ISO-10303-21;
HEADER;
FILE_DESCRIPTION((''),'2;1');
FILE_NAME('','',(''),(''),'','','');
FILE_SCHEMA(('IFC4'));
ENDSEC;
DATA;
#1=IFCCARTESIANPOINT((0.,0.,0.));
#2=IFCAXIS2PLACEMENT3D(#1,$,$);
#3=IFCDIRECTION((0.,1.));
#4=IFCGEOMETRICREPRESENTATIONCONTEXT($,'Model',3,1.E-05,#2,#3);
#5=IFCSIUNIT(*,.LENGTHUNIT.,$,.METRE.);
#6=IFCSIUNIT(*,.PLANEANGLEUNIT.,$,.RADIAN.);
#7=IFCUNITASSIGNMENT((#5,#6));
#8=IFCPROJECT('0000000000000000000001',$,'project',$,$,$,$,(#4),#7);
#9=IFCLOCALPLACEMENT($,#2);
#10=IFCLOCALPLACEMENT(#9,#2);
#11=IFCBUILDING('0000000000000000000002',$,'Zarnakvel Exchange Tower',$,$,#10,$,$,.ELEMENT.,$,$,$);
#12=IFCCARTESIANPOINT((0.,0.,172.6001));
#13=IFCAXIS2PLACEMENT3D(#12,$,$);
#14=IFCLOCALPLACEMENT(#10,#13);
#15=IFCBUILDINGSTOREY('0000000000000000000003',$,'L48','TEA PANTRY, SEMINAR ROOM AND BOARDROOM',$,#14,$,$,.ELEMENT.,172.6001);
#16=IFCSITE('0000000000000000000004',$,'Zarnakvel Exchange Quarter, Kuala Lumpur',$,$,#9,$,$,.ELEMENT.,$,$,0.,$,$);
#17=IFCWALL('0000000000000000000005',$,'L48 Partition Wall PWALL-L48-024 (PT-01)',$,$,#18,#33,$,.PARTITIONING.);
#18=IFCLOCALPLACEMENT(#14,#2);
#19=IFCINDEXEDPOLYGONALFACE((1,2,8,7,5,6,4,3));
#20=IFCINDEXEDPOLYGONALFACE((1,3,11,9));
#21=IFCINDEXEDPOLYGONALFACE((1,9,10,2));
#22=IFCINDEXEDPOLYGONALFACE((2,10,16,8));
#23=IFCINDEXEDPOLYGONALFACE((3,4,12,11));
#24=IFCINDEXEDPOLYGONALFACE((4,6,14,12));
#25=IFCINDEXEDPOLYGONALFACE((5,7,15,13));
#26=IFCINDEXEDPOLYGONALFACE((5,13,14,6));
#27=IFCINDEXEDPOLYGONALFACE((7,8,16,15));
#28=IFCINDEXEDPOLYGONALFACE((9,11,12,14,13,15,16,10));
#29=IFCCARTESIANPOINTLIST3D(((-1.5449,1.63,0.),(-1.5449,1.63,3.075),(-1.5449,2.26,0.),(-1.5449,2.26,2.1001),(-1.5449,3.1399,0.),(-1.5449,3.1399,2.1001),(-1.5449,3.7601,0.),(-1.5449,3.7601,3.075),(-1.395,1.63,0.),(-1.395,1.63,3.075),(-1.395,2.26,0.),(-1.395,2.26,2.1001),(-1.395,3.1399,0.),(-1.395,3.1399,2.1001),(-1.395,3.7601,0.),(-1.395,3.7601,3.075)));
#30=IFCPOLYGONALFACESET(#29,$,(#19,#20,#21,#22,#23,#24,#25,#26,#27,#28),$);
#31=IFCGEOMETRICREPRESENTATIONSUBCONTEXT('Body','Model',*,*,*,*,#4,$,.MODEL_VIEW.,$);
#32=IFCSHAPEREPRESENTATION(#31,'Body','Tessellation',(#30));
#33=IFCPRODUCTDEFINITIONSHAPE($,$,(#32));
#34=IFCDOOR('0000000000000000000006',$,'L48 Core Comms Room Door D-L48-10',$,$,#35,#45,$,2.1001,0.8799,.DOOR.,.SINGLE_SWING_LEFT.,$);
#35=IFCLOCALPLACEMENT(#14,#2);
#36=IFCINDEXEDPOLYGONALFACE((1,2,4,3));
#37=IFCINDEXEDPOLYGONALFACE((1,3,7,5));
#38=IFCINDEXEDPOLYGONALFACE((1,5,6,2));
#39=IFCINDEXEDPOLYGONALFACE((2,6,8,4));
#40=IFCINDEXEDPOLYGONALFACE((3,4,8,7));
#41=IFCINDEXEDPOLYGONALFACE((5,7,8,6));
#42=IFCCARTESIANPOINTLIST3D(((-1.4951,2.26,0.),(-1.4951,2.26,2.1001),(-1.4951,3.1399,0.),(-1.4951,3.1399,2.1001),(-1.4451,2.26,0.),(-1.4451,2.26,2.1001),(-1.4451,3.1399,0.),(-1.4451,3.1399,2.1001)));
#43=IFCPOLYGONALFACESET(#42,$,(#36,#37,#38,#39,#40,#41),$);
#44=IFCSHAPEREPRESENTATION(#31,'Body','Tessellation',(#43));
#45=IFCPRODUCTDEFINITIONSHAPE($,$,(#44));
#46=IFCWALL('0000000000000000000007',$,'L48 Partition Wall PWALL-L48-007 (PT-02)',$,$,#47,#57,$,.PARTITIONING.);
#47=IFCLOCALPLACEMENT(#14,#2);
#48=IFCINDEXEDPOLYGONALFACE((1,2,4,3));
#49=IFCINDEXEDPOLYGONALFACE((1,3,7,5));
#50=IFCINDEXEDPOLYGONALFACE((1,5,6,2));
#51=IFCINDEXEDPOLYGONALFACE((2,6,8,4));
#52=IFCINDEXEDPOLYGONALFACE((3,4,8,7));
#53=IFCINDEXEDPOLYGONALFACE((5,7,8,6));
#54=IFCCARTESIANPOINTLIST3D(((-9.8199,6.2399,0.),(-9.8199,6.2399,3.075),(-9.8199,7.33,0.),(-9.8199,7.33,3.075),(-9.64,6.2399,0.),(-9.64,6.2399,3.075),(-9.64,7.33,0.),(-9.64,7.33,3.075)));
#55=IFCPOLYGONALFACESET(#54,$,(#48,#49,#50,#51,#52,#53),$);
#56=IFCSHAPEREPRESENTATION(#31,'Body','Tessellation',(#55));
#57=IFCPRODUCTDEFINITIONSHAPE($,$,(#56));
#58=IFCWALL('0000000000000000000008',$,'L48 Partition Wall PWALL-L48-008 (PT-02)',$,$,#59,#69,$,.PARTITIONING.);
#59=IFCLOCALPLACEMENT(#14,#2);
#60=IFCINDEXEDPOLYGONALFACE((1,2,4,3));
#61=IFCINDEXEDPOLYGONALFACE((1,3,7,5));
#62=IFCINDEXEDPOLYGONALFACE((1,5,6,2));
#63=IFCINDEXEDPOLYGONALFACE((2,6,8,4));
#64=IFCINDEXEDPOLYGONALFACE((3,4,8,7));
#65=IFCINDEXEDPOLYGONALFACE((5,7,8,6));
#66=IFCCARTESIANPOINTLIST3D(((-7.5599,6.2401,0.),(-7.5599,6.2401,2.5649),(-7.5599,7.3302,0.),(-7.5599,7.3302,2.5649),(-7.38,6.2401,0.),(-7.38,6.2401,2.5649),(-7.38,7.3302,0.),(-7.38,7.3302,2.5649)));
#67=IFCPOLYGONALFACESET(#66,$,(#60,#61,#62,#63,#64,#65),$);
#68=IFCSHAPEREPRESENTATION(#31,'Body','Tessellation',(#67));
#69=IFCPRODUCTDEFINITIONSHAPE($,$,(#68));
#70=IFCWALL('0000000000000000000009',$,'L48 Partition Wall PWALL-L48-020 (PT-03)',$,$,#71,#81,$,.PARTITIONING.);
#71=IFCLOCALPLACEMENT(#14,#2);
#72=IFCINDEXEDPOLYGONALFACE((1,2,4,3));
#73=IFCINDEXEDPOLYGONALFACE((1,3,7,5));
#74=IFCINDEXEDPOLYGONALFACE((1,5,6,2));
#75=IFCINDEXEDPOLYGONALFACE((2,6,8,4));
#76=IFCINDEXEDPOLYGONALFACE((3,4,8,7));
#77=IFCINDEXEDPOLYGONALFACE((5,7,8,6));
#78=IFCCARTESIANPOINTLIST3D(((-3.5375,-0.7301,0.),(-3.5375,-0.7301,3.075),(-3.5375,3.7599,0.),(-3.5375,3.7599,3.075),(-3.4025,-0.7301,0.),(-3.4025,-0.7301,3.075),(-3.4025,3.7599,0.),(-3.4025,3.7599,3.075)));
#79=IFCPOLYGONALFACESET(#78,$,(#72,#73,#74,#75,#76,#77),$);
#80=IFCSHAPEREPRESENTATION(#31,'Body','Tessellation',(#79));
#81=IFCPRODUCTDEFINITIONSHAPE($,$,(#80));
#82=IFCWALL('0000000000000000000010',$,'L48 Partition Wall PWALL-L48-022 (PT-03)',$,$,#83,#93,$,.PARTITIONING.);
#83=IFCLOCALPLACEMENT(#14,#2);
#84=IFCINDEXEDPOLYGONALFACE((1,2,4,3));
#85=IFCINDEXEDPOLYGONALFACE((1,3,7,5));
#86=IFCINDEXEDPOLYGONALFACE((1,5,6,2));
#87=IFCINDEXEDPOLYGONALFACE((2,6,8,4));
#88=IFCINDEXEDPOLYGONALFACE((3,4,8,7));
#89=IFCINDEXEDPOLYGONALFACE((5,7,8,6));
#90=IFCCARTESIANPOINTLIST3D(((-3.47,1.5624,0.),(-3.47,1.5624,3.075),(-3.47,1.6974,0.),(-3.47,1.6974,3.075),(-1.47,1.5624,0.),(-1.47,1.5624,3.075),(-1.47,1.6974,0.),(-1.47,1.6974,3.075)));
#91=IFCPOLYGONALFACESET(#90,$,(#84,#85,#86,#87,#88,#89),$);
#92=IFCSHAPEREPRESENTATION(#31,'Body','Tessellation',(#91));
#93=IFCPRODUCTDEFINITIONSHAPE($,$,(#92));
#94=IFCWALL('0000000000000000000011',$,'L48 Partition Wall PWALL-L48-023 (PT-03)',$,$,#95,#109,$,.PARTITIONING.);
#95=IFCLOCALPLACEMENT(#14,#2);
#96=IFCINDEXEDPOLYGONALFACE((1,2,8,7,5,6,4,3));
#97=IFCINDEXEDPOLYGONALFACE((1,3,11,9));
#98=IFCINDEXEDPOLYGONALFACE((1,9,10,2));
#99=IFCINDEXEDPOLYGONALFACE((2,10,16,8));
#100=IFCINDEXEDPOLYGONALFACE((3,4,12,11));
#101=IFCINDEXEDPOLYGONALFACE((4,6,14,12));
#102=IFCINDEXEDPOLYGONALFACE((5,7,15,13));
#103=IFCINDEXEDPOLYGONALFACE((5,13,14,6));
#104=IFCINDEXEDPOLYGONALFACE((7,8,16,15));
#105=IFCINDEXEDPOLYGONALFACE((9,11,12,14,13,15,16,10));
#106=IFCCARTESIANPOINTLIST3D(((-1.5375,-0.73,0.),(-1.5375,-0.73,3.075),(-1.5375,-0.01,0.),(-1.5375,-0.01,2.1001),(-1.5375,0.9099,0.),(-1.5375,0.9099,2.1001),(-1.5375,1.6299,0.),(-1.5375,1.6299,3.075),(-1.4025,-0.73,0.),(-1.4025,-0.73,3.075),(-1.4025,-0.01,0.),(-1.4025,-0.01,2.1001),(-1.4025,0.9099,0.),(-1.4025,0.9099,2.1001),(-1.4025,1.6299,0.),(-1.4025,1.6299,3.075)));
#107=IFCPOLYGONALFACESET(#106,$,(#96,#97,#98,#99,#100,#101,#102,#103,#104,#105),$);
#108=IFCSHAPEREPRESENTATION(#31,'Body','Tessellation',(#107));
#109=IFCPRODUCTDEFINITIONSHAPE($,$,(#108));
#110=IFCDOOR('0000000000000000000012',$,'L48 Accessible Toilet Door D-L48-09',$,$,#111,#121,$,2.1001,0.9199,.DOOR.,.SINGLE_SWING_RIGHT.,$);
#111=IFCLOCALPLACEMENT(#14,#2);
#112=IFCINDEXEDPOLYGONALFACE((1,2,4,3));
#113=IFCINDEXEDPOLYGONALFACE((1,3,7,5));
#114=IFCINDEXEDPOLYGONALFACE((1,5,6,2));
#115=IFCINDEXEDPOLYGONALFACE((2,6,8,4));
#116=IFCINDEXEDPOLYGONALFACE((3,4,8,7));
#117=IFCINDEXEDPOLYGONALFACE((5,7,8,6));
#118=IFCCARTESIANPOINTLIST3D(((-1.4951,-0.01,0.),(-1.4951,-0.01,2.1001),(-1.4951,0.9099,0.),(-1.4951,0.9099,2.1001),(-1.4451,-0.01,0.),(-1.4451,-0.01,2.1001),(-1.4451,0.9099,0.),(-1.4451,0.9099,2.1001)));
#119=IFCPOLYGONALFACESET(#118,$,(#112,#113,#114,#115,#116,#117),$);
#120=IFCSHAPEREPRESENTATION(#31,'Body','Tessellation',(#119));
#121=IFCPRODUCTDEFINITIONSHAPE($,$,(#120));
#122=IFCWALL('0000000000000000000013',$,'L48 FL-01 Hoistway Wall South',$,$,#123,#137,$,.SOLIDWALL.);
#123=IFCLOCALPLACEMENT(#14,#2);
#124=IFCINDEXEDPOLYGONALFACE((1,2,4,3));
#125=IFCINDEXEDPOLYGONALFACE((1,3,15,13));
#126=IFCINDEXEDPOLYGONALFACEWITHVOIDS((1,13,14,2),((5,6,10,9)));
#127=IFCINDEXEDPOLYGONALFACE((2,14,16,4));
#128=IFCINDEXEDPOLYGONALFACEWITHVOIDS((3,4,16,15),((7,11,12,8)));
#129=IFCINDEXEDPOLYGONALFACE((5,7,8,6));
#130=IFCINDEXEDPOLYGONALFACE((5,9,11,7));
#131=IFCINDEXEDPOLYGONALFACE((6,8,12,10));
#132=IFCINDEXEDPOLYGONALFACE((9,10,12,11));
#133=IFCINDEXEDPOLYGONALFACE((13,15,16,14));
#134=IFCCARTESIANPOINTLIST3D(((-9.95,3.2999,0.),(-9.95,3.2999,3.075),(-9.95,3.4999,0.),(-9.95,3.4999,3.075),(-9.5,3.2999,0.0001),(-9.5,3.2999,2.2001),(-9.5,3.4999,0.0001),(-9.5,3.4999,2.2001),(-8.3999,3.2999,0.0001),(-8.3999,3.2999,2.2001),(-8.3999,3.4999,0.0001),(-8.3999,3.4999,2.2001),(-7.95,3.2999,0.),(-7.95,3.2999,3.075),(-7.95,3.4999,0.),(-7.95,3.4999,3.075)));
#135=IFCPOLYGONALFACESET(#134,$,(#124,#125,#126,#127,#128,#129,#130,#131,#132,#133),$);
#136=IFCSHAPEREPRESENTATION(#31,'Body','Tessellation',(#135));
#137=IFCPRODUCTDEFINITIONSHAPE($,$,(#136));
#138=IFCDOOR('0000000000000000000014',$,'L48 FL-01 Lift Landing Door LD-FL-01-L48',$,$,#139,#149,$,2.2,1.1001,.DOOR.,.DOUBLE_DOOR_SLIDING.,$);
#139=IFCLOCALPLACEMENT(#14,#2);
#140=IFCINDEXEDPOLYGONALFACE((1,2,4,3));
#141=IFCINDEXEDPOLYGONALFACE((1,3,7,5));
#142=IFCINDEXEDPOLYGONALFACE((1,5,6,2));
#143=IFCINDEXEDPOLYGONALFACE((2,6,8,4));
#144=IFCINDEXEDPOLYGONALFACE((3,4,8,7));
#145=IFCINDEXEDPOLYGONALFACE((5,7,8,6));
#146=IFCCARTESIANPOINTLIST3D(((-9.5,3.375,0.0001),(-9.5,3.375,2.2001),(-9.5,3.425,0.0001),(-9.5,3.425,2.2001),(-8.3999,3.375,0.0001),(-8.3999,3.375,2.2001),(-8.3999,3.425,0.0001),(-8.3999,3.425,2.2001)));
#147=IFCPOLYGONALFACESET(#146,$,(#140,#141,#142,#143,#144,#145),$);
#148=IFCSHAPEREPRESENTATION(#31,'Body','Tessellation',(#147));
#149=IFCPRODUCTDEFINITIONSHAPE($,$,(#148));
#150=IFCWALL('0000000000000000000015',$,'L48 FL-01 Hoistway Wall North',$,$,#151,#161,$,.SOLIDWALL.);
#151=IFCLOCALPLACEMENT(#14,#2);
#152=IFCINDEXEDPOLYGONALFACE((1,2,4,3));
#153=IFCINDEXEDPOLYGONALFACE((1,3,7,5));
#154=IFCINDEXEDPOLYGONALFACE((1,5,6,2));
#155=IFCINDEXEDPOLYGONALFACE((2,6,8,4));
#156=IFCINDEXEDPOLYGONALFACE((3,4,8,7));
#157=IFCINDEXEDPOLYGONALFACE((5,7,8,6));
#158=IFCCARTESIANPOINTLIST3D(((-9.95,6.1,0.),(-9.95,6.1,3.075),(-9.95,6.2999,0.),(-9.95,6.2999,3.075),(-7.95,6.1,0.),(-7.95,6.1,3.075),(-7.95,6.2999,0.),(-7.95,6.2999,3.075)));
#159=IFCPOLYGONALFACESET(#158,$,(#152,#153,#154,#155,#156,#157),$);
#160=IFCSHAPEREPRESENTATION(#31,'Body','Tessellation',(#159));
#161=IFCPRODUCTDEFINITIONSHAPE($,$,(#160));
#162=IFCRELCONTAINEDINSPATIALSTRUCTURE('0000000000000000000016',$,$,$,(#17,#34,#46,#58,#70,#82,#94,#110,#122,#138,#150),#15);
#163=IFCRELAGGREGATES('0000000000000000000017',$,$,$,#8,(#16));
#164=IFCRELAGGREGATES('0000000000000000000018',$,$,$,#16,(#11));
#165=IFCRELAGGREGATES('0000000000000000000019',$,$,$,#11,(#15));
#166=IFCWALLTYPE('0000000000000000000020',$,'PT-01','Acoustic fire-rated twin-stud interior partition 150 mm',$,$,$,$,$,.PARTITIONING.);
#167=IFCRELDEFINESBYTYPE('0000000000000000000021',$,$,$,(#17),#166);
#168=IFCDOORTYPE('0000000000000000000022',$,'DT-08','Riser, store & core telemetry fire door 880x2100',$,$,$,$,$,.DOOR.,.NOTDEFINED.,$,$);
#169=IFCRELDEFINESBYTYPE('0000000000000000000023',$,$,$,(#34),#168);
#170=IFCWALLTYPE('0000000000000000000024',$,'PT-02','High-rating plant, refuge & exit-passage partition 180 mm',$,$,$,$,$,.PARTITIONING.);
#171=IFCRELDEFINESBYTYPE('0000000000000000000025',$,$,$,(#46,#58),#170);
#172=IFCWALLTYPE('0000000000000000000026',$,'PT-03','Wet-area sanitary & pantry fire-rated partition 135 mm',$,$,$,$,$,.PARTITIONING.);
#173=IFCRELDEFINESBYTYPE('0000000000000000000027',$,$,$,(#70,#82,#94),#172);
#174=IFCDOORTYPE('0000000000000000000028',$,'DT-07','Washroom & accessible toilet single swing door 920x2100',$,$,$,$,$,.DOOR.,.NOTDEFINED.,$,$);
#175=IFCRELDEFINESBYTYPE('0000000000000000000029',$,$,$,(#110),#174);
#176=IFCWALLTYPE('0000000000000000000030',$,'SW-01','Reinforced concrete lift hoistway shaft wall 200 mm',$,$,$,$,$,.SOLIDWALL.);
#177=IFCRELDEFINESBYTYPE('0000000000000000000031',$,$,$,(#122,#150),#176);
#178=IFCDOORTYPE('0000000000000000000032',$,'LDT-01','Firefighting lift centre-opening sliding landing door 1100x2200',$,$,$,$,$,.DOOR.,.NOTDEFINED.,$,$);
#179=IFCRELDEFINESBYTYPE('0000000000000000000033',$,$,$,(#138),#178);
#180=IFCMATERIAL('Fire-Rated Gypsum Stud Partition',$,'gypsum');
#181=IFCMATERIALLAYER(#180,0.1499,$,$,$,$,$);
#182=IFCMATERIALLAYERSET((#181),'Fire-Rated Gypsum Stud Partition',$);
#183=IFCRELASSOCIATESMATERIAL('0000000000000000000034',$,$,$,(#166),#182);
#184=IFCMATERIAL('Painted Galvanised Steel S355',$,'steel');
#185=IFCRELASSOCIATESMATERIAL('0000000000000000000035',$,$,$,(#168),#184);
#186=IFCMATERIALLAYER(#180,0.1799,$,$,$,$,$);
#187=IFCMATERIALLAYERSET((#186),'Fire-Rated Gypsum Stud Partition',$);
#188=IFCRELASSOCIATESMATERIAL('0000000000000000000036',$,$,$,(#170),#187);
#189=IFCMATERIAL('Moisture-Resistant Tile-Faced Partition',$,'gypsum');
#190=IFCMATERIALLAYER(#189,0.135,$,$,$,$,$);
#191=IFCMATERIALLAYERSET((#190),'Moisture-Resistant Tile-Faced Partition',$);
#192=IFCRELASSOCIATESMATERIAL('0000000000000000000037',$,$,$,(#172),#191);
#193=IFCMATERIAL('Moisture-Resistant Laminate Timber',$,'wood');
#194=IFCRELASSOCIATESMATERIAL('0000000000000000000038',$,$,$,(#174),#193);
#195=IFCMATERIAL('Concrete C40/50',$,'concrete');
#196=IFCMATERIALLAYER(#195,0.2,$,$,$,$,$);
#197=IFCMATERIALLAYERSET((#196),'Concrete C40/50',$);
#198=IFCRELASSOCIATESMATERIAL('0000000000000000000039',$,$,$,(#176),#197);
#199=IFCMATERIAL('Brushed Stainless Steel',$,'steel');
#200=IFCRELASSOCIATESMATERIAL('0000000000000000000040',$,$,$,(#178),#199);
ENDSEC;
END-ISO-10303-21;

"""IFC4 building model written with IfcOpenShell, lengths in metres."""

from ifc_helpers import new_model, si_unit, direction, frame, frame_2d, origin, place, context, subcontext, project, spatial, rectangle, extrude, source, transform, mapped, material, layer, layer_set, type_object, element, fill, save


model = new_model("IFC4")

# Units and contexts
model_context = context("Model", 3, precision=1e-05, world=origin(), true_north=direction((0.0, 1.0)))
body_context = subcontext(model_context, "Body", "Model", "MODEL_VIEW")
ifc_project = project(units=[si_unit("LENGTHUNIT", "METRE"), si_unit("PLANEANGLEUNIT", "RADIAN")], contexts=[model_context])

# Site, building, storey
site_placement = place(None, origin())
site = spatial("IfcSite", under=ifc_project, at=site_placement, Name="Zarnakvel Exchange Quarter, Kuala Lumpur", CompositionType="ELEMENT", RefElevation=0.0)
building_placement = place(site_placement, origin())
building = spatial("IfcBuilding", under=site, at=building_placement, Name="Zarnakvel Exchange Tower", CompositionType="ELEMENT")
storey_placement = place(building_placement, frame((0.0, 0.0, 172.6001)))
storey = spatial("IfcBuildingStorey", under=building, at=storey_placement, Name="L48", Description="TEA PANTRY, SEMINAR ROOM AND BOARDROOM", CompositionType="ELEMENT", Elevation=172.6001)

# Wall, opening, door
ifc_material_1 = material(Name="Fire-Rated Gypsum Stud Partition", Category="gypsum")
ifc_layer_1 = layer(ifc_material_1, 0.1499)
ifc_layer_set_1 = layer_set([ifc_layer_1], Name="Fire-Rated Gypsum Stud Partition")
wall_type_1 = type_object("IfcWallType", Name="PT-01", Description="Acoustic fire-rated twin-stud interior partition 150 mm", PredefinedType="PARTITIONING", material=ifc_layer_set_1)
wall_1_placement = place(storey_placement, frame((-1.47, 3.76, 0.0), z_axis=(0.0, 0.0, 1.0), x_axis=(0.0, -1.0, 0.0)))
wall_1 = element("IfcWall", 1, at=wall_1_placement, inside=storey, type_object=wall_type_1, Name="L48 Partition Wall PWALL-L48-024 (PT-01)", PredefinedType="PARTITIONING", context=body_context, shape_type="SweptSolid", body=[
    extrude(rectangle(XDim=2.1301, YDim=0.1499, at=frame_2d((1.0649, 0.0))), origin(), (0.0, 0.0, 1.0), 3.075),
])
opening_1_placement = place(wall_1_placement, frame((0.6201, 0.0, 0.0)))
opening_1 = element("IfcOpeningElement", 2, at=opening_1_placement, cuts=wall_1, PredefinedType="OPENING", context=body_context, shape_type="SweptSolid", body=[
    extrude(rectangle(XDim=0.8799, YDim=2.1001, at=frame_2d((0.4399, 1.05))), frame((0.0, 0.085, 0.0), z_axis=(0.0, -1.0, 0.0), x_axis=(1.0, 0.0, 0.0)), (0.0, 0.0, 1.0), 0.1699),
])
ifc_material_2 = material(Name="Painted Galvanised Steel S355", Category="steel")
door_type_1 = type_object("IfcDoorType", Name="DT-08", Description="Riser, store & core telemetry fire door 880x2100", OperationType="NOTDEFINED", PredefinedType="DOOR", material=ifc_material_2)
shared_shape_1 = source(origin(), body_context, "Body", "SweptSolid", [
    extrude(rectangle(XDim=0.8799, YDim=2.1001, at=frame_2d((0.4399, 1.05))), frame((0.0, 0.0249, 0.0), z_axis=(0.0, -1.0, 0.0), x_axis=(1.0, 0.0, 0.0)), (0.0, 0.0, 1.0), 0.05),
])
door_1_placement = place(opening_1_placement, origin())
door_1 = element("IfcDoor", 3, at=door_1_placement, inside=storey, type_object=door_type_1, Name="L48 Core Comms Room Door D-L48-10", OperationType="SINGLE_SWING_LEFT", OverallHeight=2.1001, OverallWidth=0.8799, PredefinedType="DOOR", context=body_context, shape_type="MappedRepresentation", body=[
    mapped(shared_shape_1, transform((0.0, 0.0, 0.0), x_axis=(1.0, 0.0, 0.0), y_axis=(0.0, 1.0, 0.0), z_axis=(0.0, 0.0, 1.0), scale=1.0)),
])
fill(opening_1, door_1)

# Walls
ifc_layer_2 = layer(ifc_material_1, 0.1799)
ifc_layer_set_2 = layer_set([ifc_layer_2], Name="Fire-Rated Gypsum Stud Partition")
wall_type_2 = type_object("IfcWallType", Name="PT-02", Description="High-rating plant, refuge & exit-passage partition 180 mm", PredefinedType="PARTITIONING", material=ifc_layer_set_2)
wall_2_placement = place(storey_placement, frame((-9.73, 6.24, 0.0), z_axis=(0.0, 0.0, 1.0), x_axis=(0.0, 1.0, 0.0)))
element("IfcWall", 4, at=wall_2_placement, inside=storey, type_object=wall_type_2, Name="L48 Partition Wall PWALL-L48-007 (PT-02)", PredefinedType="PARTITIONING", context=body_context, shape_type="SweptSolid", body=[
    extrude(rectangle(XDim=1.0901, YDim=0.1799, at=frame_2d((0.5449, 0.0))), origin(), (0.0, 0.0, 1.0), 3.075),
])
wall_3_placement = place(storey_placement, frame((-7.47, 7.3301, 0.0), z_axis=(0.0, 0.0, 1.0), x_axis=(0.0, -1.0, 0.0)))
element("IfcWall", 5, at=wall_3_placement, inside=storey, type_object=wall_type_2, Name="L48 Partition Wall PWALL-L48-008 (PT-02)", PredefinedType="PARTITIONING", context=body_context, shape_type="SweptSolid", body=[
    extrude(rectangle(XDim=1.0901, YDim=0.1799, at=frame_2d((0.5449, 0.0))), origin(), (0.0, 0.0, 1.0), 2.5649),
])
ifc_material_3 = material(Name="Moisture-Resistant Tile-Faced Partition", Category="gypsum")
ifc_layer_3 = layer(ifc_material_3, 0.135)
ifc_layer_set_3 = layer_set([ifc_layer_3], Name="Moisture-Resistant Tile-Faced Partition")
wall_type_3 = type_object("IfcWallType", Name="PT-03", Description="Wet-area sanitary & pantry fire-rated partition 135 mm", PredefinedType="PARTITIONING", material=ifc_layer_set_3)
wall_4_placement = place(storey_placement, frame((-3.47, 3.76, 0.0), z_axis=(0.0, 0.0, 1.0), x_axis=(0.0, -1.0, 0.0)))
element("IfcWall", 6, at=wall_4_placement, inside=storey, type_object=wall_type_3, Name="L48 Partition Wall PWALL-L48-020 (PT-03)", PredefinedType="PARTITIONING", context=body_context, shape_type="SweptSolid", body=[
    extrude(rectangle(XDim=4.49, YDim=0.135, at=frame_2d((2.2451, 0.0))), origin(), (0.0, 0.0, 1.0), 3.075),
])
wall_5_placement = place(storey_placement, frame((-3.47, 1.6299, 0.0), z_axis=(0.0, 0.0, 1.0), x_axis=(1.0, 0.0, 0.0)))
element("IfcWall", 7, at=wall_5_placement, inside=storey, type_object=wall_type_3, Name="L48 Partition Wall PWALL-L48-022 (PT-03)", PredefinedType="PARTITIONING", context=body_context, shape_type="SweptSolid", body=[
    extrude(rectangle(XDim=2.0, YDim=0.135, at=frame_2d((1.0, 0.0))), origin(), (0.0, 0.0, 1.0), 3.075),
])

# Walls, openings, doors
wall_6_placement = place(storey_placement, frame((-1.47, 1.6299, 0.0), z_axis=(0.0, 0.0, 1.0), x_axis=(0.0, -1.0, 0.0)))
wall_6 = element("IfcWall", 8, at=wall_6_placement, inside=storey, type_object=wall_type_3, Name="L48 Partition Wall PWALL-L48-023 (PT-03)", PredefinedType="PARTITIONING", context=body_context, shape_type="SweptSolid", body=[
    extrude(rectangle(XDim=2.3599, YDim=0.135, at=frame_2d((1.1799, 0.0))), origin(), (0.0, 0.0, 1.0), 3.075),
])
opening_2_placement = place(wall_6_placement, frame((0.72, 0.0, 0.0)))
opening_2 = element("IfcOpeningElement", 9, at=opening_2_placement, cuts=wall_6, PredefinedType="OPENING", context=body_context, shape_type="SweptSolid", body=[
    extrude(rectangle(XDim=0.9199, YDim=2.1001, at=frame_2d((0.46, 1.05))), frame((0.0, 0.0774, 0.0), z_axis=(0.0, -1.0, 0.0), x_axis=(1.0, 0.0, 0.0)), (0.0, 0.0, 1.0), 0.155),
])
ifc_material_4 = material(Name="Moisture-Resistant Laminate Timber", Category="wood")
door_type_2 = type_object("IfcDoorType", Name="DT-07", Description="Washroom & accessible toilet single swing door 920x2100", OperationType="NOTDEFINED", PredefinedType="DOOR", material=ifc_material_4)
shared_shape_2 = source(origin(), body_context, "Body", "SweptSolid", [
    extrude(rectangle(XDim=0.9199, YDim=2.1001, at=frame_2d((0.46, 1.05))), frame((0.0, 0.0249, 0.0), z_axis=(0.0, -1.0, 0.0), x_axis=(1.0, 0.0, 0.0)), (0.0, 0.0, 1.0), 0.05),
])
door_2_placement = place(opening_2_placement, origin())
door_2 = element("IfcDoor", 10, at=door_2_placement, inside=storey, type_object=door_type_2, Name="L48 Accessible Toilet Door D-L48-09", OperationType="SINGLE_SWING_RIGHT", OverallHeight=2.1001, OverallWidth=0.9199, PredefinedType="DOOR", context=body_context, shape_type="MappedRepresentation", body=[
    mapped(shared_shape_2, transform((0.0, 0.0, 0.0), x_axis=(1.0, 0.0, 0.0), y_axis=(0.0, 1.0, 0.0), z_axis=(0.0, 0.0, 1.0), scale=1.0)),
])
fill(opening_2, door_2)
ifc_material_5 = material(Name="Concrete C40/50", Category="concrete")
ifc_layer_4 = layer(ifc_material_5, 0.2)
ifc_layer_set_4 = layer_set([ifc_layer_4], Name="Concrete C40/50")
wall_type_4 = type_object("IfcWallType", Name="SW-01", Description="Reinforced concrete lift hoistway shaft wall 200 mm", PredefinedType="SOLIDWALL", material=ifc_layer_set_4)
wall_7_placement = place(storey_placement, frame((-7.95, 3.3999, 0.0), z_axis=(0.0, 0.0, 1.0), x_axis=(-1.0, 0.0, 0.0)))
wall_7 = element("IfcWall", 11, at=wall_7_placement, inside=storey, type_object=wall_type_4, Name="L48 FL-01 Hoistway Wall South", PredefinedType="SOLIDWALL", context=body_context, shape_type="SweptSolid", body=[
    extrude(rectangle(XDim=2.0, YDim=0.2, at=frame_2d((1.0, 0.0))), origin(), (0.0, 0.0, 1.0), 3.075),
])
opening_3_placement = place(wall_7_placement, frame((0.45, 0.0, 0.0)))
opening_3 = element("IfcOpeningElement", 12, at=opening_3_placement, cuts=wall_7, PredefinedType="OPENING", context=body_context, shape_type="SweptSolid", body=[
    extrude(rectangle(XDim=1.1001, YDim=2.2, at=frame_2d((0.55, 1.1001))), frame((0.0, 0.1099, 0.0), z_axis=(0.0, -1.0, 0.0), x_axis=(1.0, 0.0, 0.0)), (0.0, 0.0, 1.0), 0.22),
])
ifc_material_6 = material(Name="Brushed Stainless Steel", Category="steel")
door_type_3 = type_object("IfcDoorType", Name="LDT-01", Description="Firefighting lift centre-opening sliding landing door 1100x2200", OperationType="NOTDEFINED", PredefinedType="DOOR", material=ifc_material_6)
shared_shape_3 = source(origin(), body_context, "Body", "SweptSolid", [
    extrude(rectangle(XDim=1.1001, YDim=2.2, at=frame_2d((0.55, 1.1001))), frame((0.0, 0.0249, 0.0), z_axis=(0.0, -1.0, 0.0), x_axis=(1.0, 0.0, 0.0)), (0.0, 0.0, 1.0), 0.05),
])
door_3_placement = place(opening_3_placement, origin())
door_3 = element("IfcDoor", 13, at=door_3_placement, inside=storey, type_object=door_type_3, Name="L48 FL-01 Lift Landing Door LD-FL-01-L48", OperationType="DOUBLE_DOOR_SLIDING", OverallHeight=2.2, OverallWidth=1.1001, PredefinedType="DOOR", context=body_context, shape_type="MappedRepresentation", body=[
    mapped(shared_shape_3, transform((0.0, 0.0, 0.0), x_axis=(1.0, 0.0, 0.0), y_axis=(0.0, 1.0, 0.0), z_axis=(0.0, 0.0, 1.0), scale=1.0)),
])
fill(opening_3, door_3)

# Wall
wall_8_placement = place(storey_placement, frame((-9.95, 6.2, 0.0), z_axis=(0.0, 0.0, 1.0), x_axis=(1.0, 0.0, 0.0)))
element("IfcWall", 14, at=wall_8_placement, inside=storey, type_object=wall_type_4, Name="L48 FL-01 Hoistway Wall North", PredefinedType="SOLIDWALL", context=body_context, shape_type="SweptSolid", body=[
    extrude(rectangle(XDim=2.0, YDim=0.2, at=frame_2d((1.0, 0.0))), origin(), (0.0, 0.0, 1.0), 3.075),
])

save(model, "model.ifc")
